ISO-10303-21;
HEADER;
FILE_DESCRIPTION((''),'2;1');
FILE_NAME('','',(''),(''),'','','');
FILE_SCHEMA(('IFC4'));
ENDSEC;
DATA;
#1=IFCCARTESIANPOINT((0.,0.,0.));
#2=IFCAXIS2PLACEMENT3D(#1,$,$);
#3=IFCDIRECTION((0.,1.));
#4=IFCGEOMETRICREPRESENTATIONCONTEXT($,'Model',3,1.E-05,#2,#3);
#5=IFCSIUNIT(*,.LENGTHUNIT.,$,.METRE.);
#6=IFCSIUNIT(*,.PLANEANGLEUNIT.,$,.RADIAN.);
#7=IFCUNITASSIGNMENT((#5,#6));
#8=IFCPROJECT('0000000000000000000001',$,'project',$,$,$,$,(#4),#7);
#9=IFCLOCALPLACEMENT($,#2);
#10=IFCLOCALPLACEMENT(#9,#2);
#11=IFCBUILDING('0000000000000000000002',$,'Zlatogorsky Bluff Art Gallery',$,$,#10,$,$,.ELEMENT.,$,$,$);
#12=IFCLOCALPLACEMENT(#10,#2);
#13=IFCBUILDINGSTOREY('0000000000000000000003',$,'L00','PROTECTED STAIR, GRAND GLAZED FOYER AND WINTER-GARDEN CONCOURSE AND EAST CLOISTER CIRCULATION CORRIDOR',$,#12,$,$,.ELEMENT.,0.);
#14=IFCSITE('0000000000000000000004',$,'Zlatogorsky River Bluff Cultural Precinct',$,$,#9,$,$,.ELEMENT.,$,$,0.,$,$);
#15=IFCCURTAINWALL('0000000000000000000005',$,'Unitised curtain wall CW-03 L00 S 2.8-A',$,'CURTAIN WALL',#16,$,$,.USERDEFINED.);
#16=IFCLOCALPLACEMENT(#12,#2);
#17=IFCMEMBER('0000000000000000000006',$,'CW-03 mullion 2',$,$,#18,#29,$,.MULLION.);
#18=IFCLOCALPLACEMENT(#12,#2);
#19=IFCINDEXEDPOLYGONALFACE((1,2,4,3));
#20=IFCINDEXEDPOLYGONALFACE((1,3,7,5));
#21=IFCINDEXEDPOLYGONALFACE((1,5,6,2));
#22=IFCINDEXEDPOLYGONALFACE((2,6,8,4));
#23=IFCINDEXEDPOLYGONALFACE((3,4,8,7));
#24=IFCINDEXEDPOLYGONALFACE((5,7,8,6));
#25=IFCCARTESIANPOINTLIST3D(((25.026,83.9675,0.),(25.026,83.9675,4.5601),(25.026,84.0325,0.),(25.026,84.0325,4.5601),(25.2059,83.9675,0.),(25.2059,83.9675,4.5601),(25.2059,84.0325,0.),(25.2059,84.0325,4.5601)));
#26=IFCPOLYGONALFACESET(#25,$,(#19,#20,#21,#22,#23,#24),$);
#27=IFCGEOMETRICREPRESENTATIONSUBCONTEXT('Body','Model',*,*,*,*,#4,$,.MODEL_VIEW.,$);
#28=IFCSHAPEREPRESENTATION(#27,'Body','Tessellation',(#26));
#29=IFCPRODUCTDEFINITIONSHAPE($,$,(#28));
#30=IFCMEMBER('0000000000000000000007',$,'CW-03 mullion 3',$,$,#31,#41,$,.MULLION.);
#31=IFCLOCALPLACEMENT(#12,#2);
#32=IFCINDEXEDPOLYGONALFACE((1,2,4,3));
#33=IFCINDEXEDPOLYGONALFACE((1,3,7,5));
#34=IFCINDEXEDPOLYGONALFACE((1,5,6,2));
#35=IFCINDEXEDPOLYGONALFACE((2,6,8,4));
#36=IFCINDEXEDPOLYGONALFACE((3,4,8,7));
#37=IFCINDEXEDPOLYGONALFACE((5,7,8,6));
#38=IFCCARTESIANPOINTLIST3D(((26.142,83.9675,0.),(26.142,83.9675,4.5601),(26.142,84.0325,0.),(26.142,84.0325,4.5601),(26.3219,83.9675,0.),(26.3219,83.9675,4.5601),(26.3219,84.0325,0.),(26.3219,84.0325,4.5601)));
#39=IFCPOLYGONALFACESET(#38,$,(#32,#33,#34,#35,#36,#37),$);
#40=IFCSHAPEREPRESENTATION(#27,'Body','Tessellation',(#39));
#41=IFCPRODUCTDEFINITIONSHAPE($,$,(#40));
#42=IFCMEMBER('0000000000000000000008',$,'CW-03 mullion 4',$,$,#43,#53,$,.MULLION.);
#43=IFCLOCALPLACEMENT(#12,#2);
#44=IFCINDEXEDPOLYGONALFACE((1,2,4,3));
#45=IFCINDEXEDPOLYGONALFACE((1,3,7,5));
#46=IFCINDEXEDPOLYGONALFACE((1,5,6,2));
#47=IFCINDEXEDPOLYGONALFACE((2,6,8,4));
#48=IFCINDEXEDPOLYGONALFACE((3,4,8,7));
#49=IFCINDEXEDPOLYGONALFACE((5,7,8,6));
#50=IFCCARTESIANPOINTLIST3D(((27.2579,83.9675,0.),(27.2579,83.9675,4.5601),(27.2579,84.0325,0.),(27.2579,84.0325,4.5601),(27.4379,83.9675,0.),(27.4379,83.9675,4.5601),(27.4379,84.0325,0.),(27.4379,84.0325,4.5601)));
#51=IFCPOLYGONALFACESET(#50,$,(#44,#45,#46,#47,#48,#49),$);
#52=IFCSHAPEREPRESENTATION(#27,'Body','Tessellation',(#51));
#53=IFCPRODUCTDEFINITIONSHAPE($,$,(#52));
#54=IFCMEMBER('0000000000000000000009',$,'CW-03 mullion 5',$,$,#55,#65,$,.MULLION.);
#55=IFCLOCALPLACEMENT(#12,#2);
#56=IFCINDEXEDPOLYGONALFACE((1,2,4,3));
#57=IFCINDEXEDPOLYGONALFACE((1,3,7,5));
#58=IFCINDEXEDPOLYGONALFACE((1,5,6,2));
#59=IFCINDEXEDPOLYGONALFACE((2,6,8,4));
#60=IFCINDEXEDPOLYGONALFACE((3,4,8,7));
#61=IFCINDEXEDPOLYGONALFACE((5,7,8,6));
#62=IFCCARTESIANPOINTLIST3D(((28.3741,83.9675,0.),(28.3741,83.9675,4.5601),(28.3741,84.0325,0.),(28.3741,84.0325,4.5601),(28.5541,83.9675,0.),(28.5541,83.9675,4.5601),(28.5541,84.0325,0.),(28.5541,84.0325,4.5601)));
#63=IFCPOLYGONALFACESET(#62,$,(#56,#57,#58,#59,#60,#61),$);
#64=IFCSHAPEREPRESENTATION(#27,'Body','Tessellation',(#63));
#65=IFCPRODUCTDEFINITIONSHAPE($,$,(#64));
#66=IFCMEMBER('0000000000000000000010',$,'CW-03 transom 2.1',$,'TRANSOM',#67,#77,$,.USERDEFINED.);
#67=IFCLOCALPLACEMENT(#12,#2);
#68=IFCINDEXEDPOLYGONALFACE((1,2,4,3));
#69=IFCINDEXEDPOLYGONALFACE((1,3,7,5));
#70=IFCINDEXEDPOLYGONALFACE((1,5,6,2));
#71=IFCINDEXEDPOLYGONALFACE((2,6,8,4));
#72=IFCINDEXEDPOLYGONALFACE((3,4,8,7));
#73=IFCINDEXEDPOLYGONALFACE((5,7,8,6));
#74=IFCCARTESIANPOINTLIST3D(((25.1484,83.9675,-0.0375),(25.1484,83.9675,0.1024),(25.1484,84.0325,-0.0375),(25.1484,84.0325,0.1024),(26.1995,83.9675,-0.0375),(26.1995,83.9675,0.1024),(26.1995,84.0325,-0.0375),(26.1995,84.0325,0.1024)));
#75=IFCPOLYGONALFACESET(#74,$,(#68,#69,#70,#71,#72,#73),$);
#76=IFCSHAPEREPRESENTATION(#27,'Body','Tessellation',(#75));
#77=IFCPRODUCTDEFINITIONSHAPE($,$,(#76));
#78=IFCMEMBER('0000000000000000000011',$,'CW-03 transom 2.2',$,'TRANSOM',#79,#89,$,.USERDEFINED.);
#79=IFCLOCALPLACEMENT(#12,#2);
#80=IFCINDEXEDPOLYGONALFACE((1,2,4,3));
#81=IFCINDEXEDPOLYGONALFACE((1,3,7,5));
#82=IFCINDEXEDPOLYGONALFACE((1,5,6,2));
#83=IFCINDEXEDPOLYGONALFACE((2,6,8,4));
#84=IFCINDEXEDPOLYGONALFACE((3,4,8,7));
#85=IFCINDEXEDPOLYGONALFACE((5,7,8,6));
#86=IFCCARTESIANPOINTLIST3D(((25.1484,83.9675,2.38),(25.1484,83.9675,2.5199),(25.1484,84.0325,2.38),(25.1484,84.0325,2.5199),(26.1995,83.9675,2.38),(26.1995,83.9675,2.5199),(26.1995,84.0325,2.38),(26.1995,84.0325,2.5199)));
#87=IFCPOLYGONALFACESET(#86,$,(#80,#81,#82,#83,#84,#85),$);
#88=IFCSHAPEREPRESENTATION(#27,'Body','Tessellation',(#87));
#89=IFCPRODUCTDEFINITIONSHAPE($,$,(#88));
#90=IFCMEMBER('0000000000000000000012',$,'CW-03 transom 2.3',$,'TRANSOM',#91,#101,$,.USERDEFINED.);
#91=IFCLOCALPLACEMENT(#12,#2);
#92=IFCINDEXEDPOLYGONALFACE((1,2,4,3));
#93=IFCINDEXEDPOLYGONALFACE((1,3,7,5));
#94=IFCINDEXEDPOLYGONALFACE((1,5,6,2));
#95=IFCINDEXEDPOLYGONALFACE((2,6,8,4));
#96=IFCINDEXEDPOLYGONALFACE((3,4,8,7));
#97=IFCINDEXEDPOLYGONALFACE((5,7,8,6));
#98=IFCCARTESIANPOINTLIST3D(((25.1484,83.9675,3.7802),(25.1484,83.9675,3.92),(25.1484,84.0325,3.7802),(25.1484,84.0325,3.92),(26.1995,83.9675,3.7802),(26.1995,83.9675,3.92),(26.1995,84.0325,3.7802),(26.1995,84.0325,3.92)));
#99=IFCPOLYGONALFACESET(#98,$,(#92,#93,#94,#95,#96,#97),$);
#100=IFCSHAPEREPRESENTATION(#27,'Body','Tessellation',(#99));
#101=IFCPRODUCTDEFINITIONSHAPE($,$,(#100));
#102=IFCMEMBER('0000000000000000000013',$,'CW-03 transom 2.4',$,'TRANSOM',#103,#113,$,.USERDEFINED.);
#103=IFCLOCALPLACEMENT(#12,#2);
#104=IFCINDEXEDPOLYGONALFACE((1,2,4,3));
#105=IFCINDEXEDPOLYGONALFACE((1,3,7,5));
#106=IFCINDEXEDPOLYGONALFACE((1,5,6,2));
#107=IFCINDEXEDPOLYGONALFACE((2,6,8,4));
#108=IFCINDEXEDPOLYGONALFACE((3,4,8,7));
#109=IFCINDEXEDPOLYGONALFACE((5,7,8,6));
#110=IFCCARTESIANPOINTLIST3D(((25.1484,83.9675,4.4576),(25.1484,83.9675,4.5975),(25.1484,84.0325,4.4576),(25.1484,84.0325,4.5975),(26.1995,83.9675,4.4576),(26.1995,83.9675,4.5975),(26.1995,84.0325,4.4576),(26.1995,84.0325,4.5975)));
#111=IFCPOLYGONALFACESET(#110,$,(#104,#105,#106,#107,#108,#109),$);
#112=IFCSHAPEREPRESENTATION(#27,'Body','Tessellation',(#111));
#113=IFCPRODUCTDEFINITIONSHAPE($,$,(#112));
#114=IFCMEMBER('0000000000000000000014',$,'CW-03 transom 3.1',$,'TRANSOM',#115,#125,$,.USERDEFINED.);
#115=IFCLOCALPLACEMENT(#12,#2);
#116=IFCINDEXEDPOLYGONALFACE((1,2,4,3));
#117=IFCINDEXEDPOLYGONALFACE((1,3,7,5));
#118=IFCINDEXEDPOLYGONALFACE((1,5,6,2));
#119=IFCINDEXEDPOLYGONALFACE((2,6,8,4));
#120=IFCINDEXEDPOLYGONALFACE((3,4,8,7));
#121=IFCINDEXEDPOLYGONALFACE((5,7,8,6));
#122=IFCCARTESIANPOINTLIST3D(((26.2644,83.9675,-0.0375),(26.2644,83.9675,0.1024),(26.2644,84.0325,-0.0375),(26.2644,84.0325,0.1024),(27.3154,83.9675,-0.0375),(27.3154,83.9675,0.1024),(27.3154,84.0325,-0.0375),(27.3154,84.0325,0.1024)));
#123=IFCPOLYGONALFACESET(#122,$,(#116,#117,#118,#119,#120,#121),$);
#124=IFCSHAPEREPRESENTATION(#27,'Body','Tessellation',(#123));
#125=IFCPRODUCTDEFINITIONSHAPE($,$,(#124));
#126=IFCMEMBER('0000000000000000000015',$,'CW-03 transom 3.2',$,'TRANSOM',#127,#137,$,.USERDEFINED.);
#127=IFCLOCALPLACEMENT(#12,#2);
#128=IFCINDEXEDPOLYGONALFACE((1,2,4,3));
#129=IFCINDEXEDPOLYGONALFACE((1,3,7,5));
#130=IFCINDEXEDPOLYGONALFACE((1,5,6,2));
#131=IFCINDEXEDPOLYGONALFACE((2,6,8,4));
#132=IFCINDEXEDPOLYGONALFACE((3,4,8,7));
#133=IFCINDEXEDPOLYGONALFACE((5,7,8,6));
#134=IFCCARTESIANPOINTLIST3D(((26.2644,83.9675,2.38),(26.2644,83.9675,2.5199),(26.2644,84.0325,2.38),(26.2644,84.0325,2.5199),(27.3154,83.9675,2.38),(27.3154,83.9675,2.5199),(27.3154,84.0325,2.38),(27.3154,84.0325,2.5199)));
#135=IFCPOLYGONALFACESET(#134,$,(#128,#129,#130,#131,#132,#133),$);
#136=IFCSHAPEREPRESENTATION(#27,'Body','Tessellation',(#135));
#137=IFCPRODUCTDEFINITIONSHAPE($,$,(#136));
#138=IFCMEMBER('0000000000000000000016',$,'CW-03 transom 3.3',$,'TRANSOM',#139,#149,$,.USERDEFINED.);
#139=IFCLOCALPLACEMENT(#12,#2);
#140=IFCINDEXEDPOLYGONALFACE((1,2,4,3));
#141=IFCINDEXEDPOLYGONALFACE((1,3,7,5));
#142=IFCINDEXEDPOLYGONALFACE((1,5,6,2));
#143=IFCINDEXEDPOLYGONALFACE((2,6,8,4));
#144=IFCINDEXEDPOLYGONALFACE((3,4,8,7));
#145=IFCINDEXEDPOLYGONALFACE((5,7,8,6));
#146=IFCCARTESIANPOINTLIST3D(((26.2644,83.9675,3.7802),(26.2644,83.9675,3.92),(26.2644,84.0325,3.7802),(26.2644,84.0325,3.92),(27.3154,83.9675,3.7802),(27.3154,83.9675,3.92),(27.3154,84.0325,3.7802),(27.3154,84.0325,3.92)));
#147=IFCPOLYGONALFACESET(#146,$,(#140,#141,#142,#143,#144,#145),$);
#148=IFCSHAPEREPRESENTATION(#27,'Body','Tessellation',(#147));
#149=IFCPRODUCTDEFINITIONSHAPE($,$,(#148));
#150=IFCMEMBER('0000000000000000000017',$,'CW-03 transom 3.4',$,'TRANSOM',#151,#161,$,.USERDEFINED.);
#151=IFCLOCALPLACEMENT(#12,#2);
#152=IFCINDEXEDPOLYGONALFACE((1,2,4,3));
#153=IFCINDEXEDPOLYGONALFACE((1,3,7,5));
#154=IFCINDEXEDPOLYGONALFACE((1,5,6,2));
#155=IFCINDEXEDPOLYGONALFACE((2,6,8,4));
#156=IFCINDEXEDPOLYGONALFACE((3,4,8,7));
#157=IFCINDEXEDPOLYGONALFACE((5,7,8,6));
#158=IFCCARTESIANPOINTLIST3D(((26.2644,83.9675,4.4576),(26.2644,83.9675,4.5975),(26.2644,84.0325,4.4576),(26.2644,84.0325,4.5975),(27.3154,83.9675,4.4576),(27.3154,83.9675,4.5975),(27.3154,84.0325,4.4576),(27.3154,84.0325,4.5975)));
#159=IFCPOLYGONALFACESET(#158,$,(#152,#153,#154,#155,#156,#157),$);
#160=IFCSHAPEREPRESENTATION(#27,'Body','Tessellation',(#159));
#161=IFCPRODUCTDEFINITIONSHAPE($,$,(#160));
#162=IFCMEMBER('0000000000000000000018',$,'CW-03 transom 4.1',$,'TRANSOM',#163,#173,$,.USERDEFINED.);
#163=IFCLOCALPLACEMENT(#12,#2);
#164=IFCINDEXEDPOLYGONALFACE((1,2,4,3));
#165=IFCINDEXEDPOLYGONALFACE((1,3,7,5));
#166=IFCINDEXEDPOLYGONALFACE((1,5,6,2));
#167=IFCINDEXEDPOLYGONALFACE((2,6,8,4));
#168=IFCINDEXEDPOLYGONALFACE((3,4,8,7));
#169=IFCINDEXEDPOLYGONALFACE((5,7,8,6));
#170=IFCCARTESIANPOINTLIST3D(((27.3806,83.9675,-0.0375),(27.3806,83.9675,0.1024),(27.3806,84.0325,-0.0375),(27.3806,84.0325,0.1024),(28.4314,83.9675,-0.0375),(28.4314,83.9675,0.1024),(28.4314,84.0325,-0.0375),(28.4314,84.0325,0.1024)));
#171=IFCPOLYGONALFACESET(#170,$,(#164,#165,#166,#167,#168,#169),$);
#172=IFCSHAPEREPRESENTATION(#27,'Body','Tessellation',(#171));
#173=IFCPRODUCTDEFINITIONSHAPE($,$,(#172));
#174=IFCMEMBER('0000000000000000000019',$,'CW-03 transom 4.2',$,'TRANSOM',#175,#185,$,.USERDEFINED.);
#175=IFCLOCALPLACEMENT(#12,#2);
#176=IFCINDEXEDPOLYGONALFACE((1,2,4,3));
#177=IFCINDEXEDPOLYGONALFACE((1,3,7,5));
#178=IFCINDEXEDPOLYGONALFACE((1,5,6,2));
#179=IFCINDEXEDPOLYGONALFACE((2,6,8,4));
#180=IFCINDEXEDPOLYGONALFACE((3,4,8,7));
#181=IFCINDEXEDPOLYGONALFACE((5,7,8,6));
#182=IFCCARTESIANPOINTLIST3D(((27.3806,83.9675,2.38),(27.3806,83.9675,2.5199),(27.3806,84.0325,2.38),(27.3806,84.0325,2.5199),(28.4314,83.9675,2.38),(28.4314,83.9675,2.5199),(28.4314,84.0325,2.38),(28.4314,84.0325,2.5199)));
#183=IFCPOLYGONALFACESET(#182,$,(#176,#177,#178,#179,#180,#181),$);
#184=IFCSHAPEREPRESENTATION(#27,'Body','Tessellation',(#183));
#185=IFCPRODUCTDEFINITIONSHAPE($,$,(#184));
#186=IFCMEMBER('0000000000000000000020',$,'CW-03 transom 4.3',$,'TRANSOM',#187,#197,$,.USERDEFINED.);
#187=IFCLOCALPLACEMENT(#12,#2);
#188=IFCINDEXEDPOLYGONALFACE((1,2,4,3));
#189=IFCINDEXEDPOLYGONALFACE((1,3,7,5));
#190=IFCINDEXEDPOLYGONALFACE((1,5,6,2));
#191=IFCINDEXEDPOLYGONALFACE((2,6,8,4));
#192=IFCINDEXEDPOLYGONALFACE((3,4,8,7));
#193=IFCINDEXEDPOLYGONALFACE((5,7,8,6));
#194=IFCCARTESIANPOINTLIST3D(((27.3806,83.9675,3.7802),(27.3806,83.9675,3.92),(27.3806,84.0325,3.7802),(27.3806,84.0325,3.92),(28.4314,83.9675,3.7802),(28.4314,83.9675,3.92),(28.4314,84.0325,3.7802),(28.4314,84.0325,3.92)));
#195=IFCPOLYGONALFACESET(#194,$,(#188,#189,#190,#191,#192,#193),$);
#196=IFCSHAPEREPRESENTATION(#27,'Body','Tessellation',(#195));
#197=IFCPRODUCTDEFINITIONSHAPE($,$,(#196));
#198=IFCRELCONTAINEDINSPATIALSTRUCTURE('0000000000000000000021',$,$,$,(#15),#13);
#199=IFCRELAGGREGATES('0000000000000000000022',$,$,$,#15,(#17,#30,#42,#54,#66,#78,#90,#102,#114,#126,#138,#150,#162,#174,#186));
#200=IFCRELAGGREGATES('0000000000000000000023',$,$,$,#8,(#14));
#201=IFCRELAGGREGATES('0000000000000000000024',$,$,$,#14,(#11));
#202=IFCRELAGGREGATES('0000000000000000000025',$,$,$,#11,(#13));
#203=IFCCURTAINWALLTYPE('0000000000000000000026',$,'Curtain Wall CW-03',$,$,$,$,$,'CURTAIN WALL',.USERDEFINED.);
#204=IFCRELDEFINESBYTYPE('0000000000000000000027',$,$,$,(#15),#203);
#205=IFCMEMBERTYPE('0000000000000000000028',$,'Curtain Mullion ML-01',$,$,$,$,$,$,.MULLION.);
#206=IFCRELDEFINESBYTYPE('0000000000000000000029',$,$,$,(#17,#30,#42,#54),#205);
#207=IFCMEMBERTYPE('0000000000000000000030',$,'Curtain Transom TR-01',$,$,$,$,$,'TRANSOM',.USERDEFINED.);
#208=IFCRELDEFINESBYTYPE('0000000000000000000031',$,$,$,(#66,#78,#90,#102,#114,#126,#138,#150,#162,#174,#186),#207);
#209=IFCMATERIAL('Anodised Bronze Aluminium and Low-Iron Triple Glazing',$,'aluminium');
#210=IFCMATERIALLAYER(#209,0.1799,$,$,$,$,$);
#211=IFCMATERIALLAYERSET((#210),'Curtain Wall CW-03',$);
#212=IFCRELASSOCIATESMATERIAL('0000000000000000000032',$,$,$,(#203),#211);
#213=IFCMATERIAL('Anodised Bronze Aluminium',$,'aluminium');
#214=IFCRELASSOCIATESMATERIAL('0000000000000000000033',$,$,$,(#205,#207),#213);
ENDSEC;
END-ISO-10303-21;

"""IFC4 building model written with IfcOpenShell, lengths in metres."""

from ifc_helpers import new_model, si_unit, direction, frame, origin, origin_2d, place, context, subcontext, project, spatial, rectangle, extrude, material, layer, layer_set, material_profile, profile_set, type_object, element, aggregate, save


model = new_model("IFC4")

# Units and contexts
model_context = context("Model", 3, precision=1e-05, world=origin(), true_north=direction((0.0, 1.0)))
body_context = subcontext(model_context, "Body", "Model", "MODEL_VIEW")
ifc_project = project(units=[si_unit("LENGTHUNIT", "METRE"), si_unit("PLANEANGLEUNIT", "RADIAN")], contexts=[model_context])

# Site, building, storey
site_placement = place(None, origin())
site = spatial("IfcSite", under=ifc_project, at=site_placement, Name="Zlatogorsky River Bluff Cultural Precinct", CompositionType="ELEMENT", RefElevation=0.0)
building_placement = place(site_placement, origin())
building = spatial("IfcBuilding", under=site, at=building_placement, Name="Zlatogorsky Bluff Art Gallery", CompositionType="ELEMENT")
storey_placement = place(building_placement, origin())
storey = spatial("IfcBuildingStorey", under=building, at=storey_placement, Name="L00", Description="PROTECTED STAIR, GRAND GLAZED FOYER AND WINTER-GARDEN CONCOURSE AND EAST CLOISTER CIRCULATION CORRIDOR", CompositionType="ELEMENT", Elevation=0.0)

# Curtain wall, members
ifc_material_1 = material(Name="Anodised Bronze Aluminium and Low-Iron Triple Glazing", Category="aluminium")
ifc_layer_1 = layer(ifc_material_1, 0.1799)
ifc_layer_set_1 = layer_set([ifc_layer_1], Name="Curtain Wall CW-03")
curtain_wall_type = type_object("IfcCurtainWallType", Name="Curtain Wall CW-03", ElementType="CURTAIN WALL", PredefinedType="USERDEFINED", material=ifc_layer_set_1)
curtain_wall_placement = place(storey_placement, origin())
curtain_wall = element("IfcCurtainWall", 1, at=curtain_wall_placement, inside=storey, type_object=curtain_wall_type, Name="Unitised curtain wall CW-03 L00 S 2.8-A", ObjectType="CURTAIN WALL", PredefinedType="USERDEFINED")
ifc_material_2 = material(Name="Anodised Bronze Aluminium", Category="aluminium")
ifc_material_profile_1 = material_profile(ifc_material_2, rectangle(XDim=0.0649, YDim=0.1799, at=origin_2d()), Name="ALU MULLION 65x180")
ifc_profile_set_1 = profile_set([ifc_material_profile_1], Name="Anodised Bronze Aluminium")
member_type_1 = type_object("IfcMemberType", Name="Curtain Mullion ML-01", PredefinedType="MULLION", material=ifc_profile_set_1)
member_1_placement = place(storey_placement, frame((25.116, 84.0, 0.0), z_axis=(0.0, 0.0, 1.0), x_axis=(0.0, 1.0, 0.0)))
member_1 = element("IfcMember", 2, at=member_1_placement, type_object=member_type_1, Name="CW-03 mullion 2", PredefinedType="MULLION", context=body_context, shape_type="SweptSolid", body=[
    extrude(rectangle(XDim=0.0649, YDim=0.1799, at=origin_2d()), origin(), (0.0, 0.0, 1.0), 4.5601),
])
member_2_placement = place(storey_placement, frame((26.2319, 84.0, 0.0), z_axis=(0.0, 0.0, 1.0), x_axis=(0.0, 1.0, 0.0)))
member_2 = element("IfcMember", 3, at=member_2_placement, type_object=member_type_1, Name="CW-03 mullion 3", PredefinedType="MULLION", context=body_context, shape_type="SweptSolid", body=[
    extrude(rectangle(XDim=0.0649, YDim=0.1799, at=origin_2d()), origin(), (0.0, 0.0, 1.0), 4.5601),
])
member_3_placement = place(storey_placement, frame((27.3479, 84.0, 0.0), z_axis=(0.0, 0.0, 1.0), x_axis=(0.0, 1.0, 0.0)))
member_3 = element("IfcMember", 4, at=member_3_placement, type_object=member_type_1, Name="CW-03 mullion 4", PredefinedType="MULLION", context=body_context, shape_type="SweptSolid", body=[
    extrude(rectangle(XDim=0.0649, YDim=0.1799, at=origin_2d()), origin(), (0.0, 0.0, 1.0), 4.5601),
])
member_4_placement = place(storey_placement, frame((28.4641, 84.0, 0.0), z_axis=(0.0, 0.0, 1.0), x_axis=(0.0, 1.0, 0.0)))
member_4 = element("IfcMember", 5, at=member_4_placement, type_object=member_type_1, Name="CW-03 mullion 5", PredefinedType="MULLION", context=body_context, shape_type="SweptSolid", body=[
    extrude(rectangle(XDim=0.0649, YDim=0.1799, at=origin_2d()), origin(), (0.0, 0.0, 1.0), 4.5601),
])
ifc_material_profile_2 = material_profile(ifc_material_2, rectangle(XDim=0.0649, YDim=0.1399, at=origin_2d()), Name="ALU TRANSOM 65x140")
ifc_profile_set_2 = profile_set([ifc_material_profile_2], Name="Anodised Bronze Aluminium")
member_type_2 = type_object("IfcMemberType", Name="Curtain Transom TR-01", ElementType="TRANSOM", PredefinedType="USERDEFINED", material=ifc_profile_set_2)
member_5_placement = place(storey_placement, frame((25.1484, 84.0, 0.0325), z_axis=(1.0, 0.0, 0.0), x_axis=(0.0, 1.0, 0.0)))
member_5 = element("IfcMember", 6, at=member_5_placement, type_object=member_type_2, Name="CW-03 transom 2.1", ObjectType="TRANSOM", PredefinedType="USERDEFINED", context=body_context, shape_type="SweptSolid", body=[
    extrude(rectangle(XDim=0.0649, YDim=0.1399, at=origin_2d()), origin(), (0.0, 0.0, 1.0), 1.051),
])
member_6_placement = place(storey_placement, frame((25.1484, 84.0, 2.45), z_axis=(1.0, 0.0, 0.0), x_axis=(0.0, 1.0, 0.0)))
member_6 = element("IfcMember", 7, at=member_6_placement, type_object=member_type_2, Name="CW-03 transom 2.2", ObjectType="TRANSOM", PredefinedType="USERDEFINED", context=body_context, shape_type="SweptSolid", body=[
    extrude(rectangle(XDim=0.0649, YDim=0.1399, at=origin_2d()), origin(), (0.0, 0.0, 1.0), 1.051),
])
member_7_placement = place(storey_placement, frame((25.1484, 84.0, 3.8501), z_axis=(1.0, 0.0, 0.0), x_axis=(0.0, 1.0, 0.0)))
member_7 = element("IfcMember", 8, at=member_7_placement, type_object=member_type_2, Name="CW-03 transom 2.3", ObjectType="TRANSOM", PredefinedType="USERDEFINED", context=body_context, shape_type="SweptSolid", body=[
    extrude(rectangle(XDim=0.0649, YDim=0.1399, at=origin_2d()), origin(), (0.0, 0.0, 1.0), 1.051),
])
member_8_placement = place(storey_placement, frame((25.1484, 84.0, 4.5276), z_axis=(1.0, 0.0, 0.0), x_axis=(0.0, 1.0, 0.0)))
member_8 = element("IfcMember", 9, at=member_8_placement, type_object=member_type_2, Name="CW-03 transom 2.4", ObjectType="TRANSOM", PredefinedType="USERDEFINED", context=body_context, shape_type="SweptSolid", body=[
    extrude(rectangle(XDim=0.0649, YDim=0.1399, at=origin_2d()), origin(), (0.0, 0.0, 1.0), 1.051),
])
member_9_placement = place(storey_placement, frame((26.2644, 84.0, 0.0325), z_axis=(1.0, 0.0, 0.0), x_axis=(0.0, 1.0, 0.0)))
member_9 = element("IfcMember", 10, at=member_9_placement, type_object=member_type_2, Name="CW-03 transom 3.1", ObjectType="TRANSOM", PredefinedType="USERDEFINED", context=body_context, shape_type="SweptSolid", body=[
    extrude(rectangle(XDim=0.0649, YDim=0.1399, at=origin_2d()), origin(), (0.0, 0.0, 1.0), 1.051),
])
member_10_placement = place(storey_placement, frame((26.2644, 84.0, 2.45), z_axis=(1.0, 0.0, 0.0), x_axis=(0.0, 1.0, 0.0)))
member_10 = element("IfcMember", 11, at=member_10_placement, type_object=member_type_2, Name="CW-03 transom 3.2", ObjectType="TRANSOM", PredefinedType="USERDEFINED", context=body_context, shape_type="SweptSolid", body=[
    extrude(rectangle(XDim=0.0649, YDim=0.1399, at=origin_2d()), origin(), (0.0, 0.0, 1.0), 1.051),
])
member_11_placement = place(storey_placement, frame((26.2644, 84.0, 3.8501), z_axis=(1.0, 0.0, 0.0), x_axis=(0.0, 1.0, 0.0)))
member_11 = element("IfcMember", 12, at=member_11_placement, type_object=member_type_2, Name="CW-03 transom 3.3", ObjectType="TRANSOM", PredefinedType="USERDEFINED", context=body_context, shape_type="SweptSolid", body=[
    extrude(rectangle(XDim=0.0649, YDim=0.1399, at=origin_2d()), origin(), (0.0, 0.0, 1.0), 1.051),
])
member_12_placement = place(storey_placement, frame((26.2644, 84.0, 4.5276), z_axis=(1.0, 0.0, 0.0), x_axis=(0.0, 1.0, 0.0)))
member_12 = element("IfcMember", 13, at=member_12_placement, type_object=member_type_2, Name="CW-03 transom 3.4", ObjectType="TRANSOM", PredefinedType="USERDEFINED", context=body_context, shape_type="SweptSolid", body=[
    extrude(rectangle(XDim=0.0649, YDim=0.1399, at=origin_2d()), origin(), (0.0, 0.0, 1.0), 1.051),
])
member_13_placement = place(storey_placement, frame((27.3806, 84.0, 0.0325), z_axis=(1.0, 0.0, 0.0), x_axis=(0.0, 1.0, 0.0)))
member_13 = element("IfcMember", 14, at=member_13_placement, type_object=member_type_2, Name="CW-03 transom 4.1", ObjectType="TRANSOM", PredefinedType="USERDEFINED", context=body_context, shape_type="SweptSolid", body=[
    extrude(rectangle(XDim=0.0649, YDim=0.1399, at=origin_2d()), origin(), (0.0, 0.0, 1.0), 1.0508),
])
member_14_placement = place(storey_placement, frame((27.3806, 84.0, 2.45), z_axis=(1.0, 0.0, 0.0), x_axis=(0.0, 1.0, 0.0)))
member_14 = element("IfcMember", 15, at=member_14_placement, type_object=member_type_2, Name="CW-03 transom 4.2", ObjectType="TRANSOM", PredefinedType="USERDEFINED", context=body_context, shape_type="SweptSolid", body=[
    extrude(rectangle(XDim=0.0649, YDim=0.1399, at=origin_2d()), origin(), (0.0, 0.0, 1.0), 1.0508),
])
member_15_placement = place(storey_placement, frame((27.3806, 84.0, 3.8501), z_axis=(1.0, 0.0, 0.0), x_axis=(0.0, 1.0, 0.0)))
member_15 = element("IfcMember", 16, at=member_15_placement, type_object=member_type_2, Name="CW-03 transom 4.3", ObjectType="TRANSOM", PredefinedType="USERDEFINED", context=body_context, shape_type="SweptSolid", body=[
    extrude(rectangle(XDim=0.0649, YDim=0.1399, at=origin_2d()), origin(), (0.0, 0.0, 1.0), 1.0508),
])
aggregate(curtain_wall, [member_1, member_2, member_3, member_4, member_5, member_6, member_7, member_8, member_9, member_10, member_11, member_12, member_13, member_14, member_15])

save(model, "model.ifc")
